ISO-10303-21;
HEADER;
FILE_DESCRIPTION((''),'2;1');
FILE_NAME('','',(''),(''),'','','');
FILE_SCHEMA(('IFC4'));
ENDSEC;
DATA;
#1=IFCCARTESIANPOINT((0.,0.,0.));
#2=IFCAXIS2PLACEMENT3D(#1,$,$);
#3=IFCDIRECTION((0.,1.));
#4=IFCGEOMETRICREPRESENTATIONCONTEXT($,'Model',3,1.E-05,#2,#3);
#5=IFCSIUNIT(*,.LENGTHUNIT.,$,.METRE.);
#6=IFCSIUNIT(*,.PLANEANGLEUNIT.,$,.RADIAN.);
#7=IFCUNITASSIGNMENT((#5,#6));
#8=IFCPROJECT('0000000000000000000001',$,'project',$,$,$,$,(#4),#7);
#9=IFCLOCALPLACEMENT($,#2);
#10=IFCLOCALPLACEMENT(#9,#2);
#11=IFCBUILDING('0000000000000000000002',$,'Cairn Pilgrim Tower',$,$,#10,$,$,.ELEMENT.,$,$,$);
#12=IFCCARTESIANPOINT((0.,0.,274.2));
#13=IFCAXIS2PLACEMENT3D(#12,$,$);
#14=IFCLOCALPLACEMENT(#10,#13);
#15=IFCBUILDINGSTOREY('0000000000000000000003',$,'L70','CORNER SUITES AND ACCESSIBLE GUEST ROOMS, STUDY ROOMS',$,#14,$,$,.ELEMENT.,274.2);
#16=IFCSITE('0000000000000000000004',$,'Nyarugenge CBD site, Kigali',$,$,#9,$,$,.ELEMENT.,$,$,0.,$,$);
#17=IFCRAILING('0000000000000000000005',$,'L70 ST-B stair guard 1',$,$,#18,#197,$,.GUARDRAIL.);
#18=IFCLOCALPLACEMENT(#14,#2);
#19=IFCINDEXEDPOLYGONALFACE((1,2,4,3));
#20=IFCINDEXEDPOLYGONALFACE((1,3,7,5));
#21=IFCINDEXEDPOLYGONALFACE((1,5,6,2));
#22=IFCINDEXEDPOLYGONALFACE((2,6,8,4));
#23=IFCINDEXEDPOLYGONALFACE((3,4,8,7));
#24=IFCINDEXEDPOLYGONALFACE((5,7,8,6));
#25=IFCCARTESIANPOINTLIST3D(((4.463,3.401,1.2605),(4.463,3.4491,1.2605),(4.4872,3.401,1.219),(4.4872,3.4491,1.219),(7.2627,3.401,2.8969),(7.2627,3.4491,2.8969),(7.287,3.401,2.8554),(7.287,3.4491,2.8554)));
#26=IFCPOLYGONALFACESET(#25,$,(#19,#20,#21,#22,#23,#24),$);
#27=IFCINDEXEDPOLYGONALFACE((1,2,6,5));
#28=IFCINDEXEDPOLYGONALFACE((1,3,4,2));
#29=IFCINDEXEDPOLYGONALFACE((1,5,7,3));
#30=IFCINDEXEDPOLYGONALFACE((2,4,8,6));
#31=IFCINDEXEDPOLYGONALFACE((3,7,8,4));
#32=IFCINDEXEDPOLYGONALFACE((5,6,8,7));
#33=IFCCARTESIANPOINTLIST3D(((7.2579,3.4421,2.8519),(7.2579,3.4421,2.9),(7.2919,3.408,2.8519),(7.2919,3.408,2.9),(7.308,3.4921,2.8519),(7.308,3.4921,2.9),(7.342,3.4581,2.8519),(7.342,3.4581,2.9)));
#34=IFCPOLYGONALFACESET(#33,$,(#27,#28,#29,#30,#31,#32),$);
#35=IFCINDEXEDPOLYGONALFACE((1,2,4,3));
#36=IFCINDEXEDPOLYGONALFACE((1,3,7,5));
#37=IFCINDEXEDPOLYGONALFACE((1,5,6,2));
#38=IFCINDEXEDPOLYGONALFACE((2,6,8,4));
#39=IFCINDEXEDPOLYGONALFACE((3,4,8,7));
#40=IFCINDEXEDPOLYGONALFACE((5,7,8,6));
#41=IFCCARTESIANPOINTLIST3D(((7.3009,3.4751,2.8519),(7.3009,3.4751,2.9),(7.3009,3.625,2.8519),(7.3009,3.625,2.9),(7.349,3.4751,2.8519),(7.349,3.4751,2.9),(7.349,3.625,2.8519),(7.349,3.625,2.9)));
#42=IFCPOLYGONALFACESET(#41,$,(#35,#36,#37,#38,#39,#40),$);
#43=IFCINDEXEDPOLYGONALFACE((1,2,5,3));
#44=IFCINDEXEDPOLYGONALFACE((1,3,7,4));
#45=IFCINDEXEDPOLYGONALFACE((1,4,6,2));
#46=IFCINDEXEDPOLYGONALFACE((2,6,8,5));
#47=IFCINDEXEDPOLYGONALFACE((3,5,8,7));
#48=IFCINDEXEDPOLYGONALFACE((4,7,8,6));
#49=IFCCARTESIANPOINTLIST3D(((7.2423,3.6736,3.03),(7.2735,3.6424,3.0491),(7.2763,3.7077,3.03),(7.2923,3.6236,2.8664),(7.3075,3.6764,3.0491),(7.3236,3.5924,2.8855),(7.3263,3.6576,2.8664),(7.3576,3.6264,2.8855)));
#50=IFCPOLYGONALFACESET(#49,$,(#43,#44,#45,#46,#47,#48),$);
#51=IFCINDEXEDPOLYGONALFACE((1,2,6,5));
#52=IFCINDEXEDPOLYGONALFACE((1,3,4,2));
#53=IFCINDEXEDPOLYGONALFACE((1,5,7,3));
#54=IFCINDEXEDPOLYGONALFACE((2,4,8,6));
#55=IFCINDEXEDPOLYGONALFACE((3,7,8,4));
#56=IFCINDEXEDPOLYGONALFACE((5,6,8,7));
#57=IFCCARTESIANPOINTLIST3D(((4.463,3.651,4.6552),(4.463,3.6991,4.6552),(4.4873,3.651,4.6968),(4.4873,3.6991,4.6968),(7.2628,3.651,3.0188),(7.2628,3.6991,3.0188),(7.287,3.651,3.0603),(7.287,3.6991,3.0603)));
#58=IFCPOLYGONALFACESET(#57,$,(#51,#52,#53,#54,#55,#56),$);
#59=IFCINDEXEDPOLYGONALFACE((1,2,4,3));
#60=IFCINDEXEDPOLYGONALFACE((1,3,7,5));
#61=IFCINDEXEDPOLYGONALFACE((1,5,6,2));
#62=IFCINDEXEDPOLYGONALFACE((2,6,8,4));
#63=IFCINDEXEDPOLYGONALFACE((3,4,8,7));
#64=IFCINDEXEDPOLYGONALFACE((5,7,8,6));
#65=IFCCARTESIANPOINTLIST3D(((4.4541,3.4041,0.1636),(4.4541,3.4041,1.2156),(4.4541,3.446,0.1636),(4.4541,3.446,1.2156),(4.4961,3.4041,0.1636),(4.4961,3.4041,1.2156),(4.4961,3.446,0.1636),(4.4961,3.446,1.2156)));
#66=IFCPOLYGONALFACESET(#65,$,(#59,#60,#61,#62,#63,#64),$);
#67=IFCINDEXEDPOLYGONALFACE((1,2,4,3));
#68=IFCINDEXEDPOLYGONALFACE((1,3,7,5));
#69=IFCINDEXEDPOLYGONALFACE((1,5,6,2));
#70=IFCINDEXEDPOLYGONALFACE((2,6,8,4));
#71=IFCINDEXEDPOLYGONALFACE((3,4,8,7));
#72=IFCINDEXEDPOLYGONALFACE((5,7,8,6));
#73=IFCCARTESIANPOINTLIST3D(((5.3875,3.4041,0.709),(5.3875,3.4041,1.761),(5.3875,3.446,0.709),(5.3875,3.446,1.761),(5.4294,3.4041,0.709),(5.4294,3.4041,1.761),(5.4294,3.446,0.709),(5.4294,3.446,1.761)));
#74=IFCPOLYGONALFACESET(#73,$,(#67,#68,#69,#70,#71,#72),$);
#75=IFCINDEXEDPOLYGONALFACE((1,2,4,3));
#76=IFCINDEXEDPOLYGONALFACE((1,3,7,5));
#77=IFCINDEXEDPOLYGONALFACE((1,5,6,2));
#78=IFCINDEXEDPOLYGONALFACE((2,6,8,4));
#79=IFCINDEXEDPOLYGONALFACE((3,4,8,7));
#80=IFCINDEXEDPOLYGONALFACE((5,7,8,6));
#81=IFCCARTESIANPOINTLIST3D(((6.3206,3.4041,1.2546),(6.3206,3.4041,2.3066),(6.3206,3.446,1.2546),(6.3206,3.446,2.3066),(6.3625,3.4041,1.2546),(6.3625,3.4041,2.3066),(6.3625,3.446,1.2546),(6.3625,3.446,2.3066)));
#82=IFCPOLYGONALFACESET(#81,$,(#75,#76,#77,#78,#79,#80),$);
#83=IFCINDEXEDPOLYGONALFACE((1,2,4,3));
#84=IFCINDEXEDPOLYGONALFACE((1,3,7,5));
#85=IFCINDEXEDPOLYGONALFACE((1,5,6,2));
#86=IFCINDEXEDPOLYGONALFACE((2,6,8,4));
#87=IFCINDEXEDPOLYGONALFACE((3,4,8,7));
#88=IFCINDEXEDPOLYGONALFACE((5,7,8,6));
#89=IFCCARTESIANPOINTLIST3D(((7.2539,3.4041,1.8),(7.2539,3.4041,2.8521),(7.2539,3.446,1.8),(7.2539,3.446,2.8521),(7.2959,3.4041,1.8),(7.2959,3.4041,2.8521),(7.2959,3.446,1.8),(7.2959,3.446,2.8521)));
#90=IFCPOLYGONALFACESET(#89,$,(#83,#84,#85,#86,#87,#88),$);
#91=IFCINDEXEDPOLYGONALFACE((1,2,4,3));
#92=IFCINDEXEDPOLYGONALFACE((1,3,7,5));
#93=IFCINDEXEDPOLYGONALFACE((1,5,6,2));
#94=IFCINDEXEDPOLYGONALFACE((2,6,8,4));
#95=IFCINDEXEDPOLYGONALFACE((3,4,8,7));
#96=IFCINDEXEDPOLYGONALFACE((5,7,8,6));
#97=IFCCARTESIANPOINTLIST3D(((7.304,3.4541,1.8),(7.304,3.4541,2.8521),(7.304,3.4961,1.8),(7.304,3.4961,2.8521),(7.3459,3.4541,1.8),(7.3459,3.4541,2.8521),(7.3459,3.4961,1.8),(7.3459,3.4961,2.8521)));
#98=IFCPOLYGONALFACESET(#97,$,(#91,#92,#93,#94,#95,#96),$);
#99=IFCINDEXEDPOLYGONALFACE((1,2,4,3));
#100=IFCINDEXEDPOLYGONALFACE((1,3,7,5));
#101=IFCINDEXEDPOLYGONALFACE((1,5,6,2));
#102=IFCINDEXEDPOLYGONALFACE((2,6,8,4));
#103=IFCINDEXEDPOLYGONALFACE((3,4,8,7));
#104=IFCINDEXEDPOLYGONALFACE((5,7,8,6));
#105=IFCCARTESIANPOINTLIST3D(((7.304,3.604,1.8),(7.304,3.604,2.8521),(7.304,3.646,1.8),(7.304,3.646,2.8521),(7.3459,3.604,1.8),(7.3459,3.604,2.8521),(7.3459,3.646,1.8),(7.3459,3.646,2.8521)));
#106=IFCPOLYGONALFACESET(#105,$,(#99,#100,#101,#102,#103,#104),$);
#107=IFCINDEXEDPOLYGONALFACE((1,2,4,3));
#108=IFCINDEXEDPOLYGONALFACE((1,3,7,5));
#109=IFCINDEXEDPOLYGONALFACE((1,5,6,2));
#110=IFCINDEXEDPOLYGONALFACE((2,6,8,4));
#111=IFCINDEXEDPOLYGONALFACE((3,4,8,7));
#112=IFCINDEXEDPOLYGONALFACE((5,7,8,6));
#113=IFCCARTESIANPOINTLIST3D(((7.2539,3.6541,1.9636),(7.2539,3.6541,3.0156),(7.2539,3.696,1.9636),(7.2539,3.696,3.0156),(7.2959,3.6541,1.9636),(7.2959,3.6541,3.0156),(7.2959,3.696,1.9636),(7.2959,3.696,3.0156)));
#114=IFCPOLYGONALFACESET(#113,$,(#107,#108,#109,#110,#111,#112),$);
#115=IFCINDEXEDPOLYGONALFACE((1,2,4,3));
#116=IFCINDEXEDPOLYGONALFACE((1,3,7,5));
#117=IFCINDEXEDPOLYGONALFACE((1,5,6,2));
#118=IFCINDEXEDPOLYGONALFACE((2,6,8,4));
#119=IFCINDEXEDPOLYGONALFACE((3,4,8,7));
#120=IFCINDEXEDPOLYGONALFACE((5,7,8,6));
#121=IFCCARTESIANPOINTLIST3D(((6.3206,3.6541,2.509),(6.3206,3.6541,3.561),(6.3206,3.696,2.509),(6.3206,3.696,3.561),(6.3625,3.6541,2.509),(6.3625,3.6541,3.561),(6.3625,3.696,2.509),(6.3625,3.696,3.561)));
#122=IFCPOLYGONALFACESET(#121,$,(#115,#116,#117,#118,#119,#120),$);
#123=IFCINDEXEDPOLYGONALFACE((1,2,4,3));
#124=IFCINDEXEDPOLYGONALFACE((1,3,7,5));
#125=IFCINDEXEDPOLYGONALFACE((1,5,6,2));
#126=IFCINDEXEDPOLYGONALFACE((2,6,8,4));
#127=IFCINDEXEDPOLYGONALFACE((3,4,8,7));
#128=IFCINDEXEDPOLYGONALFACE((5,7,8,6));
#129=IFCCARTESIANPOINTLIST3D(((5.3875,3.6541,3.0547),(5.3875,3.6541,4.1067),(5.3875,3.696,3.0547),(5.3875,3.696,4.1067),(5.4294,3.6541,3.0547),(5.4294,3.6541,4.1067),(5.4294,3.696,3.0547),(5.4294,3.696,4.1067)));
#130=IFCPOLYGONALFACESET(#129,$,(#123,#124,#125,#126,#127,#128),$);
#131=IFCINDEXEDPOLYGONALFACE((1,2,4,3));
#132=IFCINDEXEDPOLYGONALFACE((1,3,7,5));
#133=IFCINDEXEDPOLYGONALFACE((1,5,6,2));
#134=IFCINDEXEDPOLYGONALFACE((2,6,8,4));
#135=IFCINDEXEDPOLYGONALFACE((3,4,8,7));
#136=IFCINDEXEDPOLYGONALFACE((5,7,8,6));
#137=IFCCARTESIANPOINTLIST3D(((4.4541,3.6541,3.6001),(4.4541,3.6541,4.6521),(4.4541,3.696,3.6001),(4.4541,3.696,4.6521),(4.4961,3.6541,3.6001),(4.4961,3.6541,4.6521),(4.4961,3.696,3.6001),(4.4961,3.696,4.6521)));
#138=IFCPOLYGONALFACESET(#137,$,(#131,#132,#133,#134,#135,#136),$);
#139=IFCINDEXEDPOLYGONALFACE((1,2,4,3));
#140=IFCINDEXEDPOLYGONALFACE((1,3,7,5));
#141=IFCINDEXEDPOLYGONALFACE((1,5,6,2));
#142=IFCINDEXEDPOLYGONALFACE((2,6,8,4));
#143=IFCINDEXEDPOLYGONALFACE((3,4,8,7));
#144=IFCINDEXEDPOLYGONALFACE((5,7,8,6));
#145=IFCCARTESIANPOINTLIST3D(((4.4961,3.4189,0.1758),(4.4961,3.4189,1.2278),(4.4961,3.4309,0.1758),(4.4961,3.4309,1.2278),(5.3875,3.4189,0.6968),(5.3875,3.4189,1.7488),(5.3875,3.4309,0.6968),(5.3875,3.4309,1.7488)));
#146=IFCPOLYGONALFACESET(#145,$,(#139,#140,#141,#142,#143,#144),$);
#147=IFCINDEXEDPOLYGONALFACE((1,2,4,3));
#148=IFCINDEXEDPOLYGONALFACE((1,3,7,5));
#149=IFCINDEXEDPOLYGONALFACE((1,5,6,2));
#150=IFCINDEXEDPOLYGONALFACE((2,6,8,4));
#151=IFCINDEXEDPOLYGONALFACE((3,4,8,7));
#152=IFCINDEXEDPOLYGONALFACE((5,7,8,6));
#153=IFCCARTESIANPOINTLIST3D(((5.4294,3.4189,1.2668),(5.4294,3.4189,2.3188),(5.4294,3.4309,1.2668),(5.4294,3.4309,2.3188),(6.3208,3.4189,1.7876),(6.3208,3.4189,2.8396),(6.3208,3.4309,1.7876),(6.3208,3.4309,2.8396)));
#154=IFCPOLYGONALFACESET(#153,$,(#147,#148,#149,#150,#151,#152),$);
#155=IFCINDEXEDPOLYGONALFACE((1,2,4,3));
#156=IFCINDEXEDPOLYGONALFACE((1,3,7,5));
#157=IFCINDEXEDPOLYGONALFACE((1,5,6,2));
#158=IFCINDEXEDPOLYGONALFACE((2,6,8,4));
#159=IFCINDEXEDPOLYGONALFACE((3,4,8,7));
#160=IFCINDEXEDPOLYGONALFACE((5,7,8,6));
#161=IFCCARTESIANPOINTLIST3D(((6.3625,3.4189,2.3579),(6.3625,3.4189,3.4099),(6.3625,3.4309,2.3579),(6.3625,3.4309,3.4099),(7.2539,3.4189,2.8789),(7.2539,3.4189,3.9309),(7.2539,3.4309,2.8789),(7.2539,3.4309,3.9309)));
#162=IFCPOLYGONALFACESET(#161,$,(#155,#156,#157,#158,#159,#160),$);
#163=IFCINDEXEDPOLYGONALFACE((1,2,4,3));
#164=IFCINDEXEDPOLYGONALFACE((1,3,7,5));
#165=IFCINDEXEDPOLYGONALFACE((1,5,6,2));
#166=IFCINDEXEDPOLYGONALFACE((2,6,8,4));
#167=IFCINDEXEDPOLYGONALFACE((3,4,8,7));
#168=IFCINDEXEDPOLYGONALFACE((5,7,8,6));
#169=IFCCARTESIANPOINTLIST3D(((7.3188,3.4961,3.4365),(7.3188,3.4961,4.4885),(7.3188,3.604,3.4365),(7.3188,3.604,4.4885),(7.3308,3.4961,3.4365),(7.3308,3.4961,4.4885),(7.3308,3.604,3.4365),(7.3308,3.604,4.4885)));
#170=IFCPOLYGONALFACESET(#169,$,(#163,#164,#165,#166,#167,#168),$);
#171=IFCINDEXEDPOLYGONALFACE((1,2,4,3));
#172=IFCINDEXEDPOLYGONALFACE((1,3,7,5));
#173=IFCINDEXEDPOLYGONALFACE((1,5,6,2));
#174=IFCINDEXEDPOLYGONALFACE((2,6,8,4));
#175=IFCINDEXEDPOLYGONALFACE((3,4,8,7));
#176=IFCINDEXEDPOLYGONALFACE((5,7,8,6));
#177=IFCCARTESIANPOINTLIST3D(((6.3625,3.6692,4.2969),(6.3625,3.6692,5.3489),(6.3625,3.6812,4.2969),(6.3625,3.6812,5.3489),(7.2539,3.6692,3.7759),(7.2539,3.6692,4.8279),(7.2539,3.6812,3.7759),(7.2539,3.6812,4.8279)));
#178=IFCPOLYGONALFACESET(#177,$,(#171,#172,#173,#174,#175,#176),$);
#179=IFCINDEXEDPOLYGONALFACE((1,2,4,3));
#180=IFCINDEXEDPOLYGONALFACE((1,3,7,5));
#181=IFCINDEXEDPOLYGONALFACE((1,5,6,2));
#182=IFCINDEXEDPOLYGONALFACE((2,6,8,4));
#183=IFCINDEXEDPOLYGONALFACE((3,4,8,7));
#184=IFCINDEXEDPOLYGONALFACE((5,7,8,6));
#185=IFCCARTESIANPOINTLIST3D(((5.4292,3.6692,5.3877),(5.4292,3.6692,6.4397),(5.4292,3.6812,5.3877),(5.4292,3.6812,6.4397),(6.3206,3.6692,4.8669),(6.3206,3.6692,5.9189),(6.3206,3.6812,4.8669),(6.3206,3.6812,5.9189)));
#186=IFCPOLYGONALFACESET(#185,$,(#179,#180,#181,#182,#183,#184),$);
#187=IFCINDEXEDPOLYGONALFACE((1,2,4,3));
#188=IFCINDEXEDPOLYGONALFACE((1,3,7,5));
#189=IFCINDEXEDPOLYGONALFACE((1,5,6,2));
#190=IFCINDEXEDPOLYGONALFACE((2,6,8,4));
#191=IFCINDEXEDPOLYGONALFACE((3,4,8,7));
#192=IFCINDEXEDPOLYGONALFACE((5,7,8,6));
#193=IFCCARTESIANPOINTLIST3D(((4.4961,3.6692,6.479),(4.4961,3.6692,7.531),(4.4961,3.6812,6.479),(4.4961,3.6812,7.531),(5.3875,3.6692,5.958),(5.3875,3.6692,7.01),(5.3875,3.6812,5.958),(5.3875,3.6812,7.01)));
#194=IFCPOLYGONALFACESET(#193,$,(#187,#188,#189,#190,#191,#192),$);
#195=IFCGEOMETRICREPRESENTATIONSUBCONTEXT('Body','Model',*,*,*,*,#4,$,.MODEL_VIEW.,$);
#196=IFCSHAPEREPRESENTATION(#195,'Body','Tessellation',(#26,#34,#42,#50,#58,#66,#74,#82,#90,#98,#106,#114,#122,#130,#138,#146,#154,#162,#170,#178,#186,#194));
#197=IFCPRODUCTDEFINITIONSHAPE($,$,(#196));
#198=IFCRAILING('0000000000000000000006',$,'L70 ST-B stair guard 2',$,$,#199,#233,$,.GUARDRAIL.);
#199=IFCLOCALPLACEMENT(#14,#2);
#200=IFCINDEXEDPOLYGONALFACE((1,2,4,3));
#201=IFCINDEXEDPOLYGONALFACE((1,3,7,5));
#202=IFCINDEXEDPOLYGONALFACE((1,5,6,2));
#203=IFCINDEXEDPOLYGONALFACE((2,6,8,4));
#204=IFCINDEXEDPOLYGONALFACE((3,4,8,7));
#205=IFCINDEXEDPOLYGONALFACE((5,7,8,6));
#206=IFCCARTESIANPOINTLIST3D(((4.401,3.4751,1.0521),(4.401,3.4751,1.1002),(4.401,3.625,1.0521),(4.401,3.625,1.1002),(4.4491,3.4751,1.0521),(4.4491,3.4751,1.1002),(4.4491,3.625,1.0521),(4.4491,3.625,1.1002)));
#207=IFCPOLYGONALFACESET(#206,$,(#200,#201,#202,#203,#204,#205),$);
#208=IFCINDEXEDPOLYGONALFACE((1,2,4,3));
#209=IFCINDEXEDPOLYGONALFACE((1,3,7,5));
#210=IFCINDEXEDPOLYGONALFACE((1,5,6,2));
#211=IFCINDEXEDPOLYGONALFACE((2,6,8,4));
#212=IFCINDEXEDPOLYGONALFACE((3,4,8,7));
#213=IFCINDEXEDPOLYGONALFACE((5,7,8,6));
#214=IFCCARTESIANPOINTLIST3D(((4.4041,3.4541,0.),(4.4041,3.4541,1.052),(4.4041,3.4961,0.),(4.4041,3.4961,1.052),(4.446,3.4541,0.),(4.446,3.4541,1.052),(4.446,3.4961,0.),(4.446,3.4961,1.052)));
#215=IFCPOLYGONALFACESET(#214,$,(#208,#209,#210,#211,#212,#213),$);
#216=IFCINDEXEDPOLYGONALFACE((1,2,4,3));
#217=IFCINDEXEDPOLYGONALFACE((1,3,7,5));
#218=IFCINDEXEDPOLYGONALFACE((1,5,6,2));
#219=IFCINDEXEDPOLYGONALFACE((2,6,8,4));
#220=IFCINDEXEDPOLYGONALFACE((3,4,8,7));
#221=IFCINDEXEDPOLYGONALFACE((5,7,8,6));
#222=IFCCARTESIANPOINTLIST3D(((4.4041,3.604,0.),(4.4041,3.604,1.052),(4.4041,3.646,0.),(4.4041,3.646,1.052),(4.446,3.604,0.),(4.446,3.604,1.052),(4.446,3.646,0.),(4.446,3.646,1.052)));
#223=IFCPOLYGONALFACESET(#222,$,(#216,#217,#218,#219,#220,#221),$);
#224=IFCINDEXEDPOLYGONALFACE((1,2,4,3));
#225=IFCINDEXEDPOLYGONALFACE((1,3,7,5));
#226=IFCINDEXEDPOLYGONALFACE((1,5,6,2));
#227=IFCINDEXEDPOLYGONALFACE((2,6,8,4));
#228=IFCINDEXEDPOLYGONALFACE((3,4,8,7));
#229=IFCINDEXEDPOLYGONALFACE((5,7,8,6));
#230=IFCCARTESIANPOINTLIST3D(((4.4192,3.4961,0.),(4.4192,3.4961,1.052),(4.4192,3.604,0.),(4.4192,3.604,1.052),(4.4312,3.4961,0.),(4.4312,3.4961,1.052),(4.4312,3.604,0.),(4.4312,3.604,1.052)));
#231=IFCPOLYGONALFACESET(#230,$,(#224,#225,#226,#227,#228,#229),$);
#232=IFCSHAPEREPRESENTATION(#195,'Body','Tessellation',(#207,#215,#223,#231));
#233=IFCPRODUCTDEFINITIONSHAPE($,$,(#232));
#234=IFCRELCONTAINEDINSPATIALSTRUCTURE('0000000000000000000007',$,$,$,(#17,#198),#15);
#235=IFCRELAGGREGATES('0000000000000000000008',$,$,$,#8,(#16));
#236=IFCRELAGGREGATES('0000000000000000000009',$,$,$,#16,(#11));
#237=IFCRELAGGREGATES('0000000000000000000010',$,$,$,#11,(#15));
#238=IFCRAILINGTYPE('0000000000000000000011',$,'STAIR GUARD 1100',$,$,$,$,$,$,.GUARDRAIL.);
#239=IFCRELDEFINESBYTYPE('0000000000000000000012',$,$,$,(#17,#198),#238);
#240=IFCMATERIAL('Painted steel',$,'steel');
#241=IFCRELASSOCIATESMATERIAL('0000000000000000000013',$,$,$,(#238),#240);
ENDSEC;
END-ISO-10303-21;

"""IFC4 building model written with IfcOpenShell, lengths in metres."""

from ifc_helpers import new_model, si_unit, direction, frame, origin, origin_2d, place, context, subcontext, project, spatial, polyline, rectangle, outline, extrude, material, type_object, element, save


model = new_model("IFC4")

# Units and contexts
model_context = context("Model", 3, precision=1e-05, world=origin(), true_north=direction((0.0, 1.0)))
body_context = subcontext(model_context, "Body", "Model", "MODEL_VIEW")
ifc_project = project(units=[si_unit("LENGTHUNIT", "METRE"), si_unit("PLANEANGLEUNIT", "RADIAN")], contexts=[model_context])

# Site, building, storey
site_placement = place(None, origin())
site = spatial("IfcSite", under=ifc_project, at=site_placement, Name="Nyarugenge CBD site, Kigali", CompositionType="ELEMENT", RefElevation=0.0)
building_placement = place(site_placement, origin())
building = spatial("IfcBuilding", under=site, at=building_placement, Name="Cairn Pilgrim Tower", CompositionType="ELEMENT")
storey_placement = place(building_placement, frame((0.0, 0.0, 274.2)))
storey = spatial("IfcBuildingStorey", under=building, at=storey_placement, Name="L70", Description="CORNER SUITES AND ACCESSIBLE GUEST ROOMS, STUDY ROOMS", CompositionType="ELEMENT", Elevation=274.2)

# Shared definitions
ifc_material_1 = material(Name="Painted steel", Category="steel")

# Railings
railing_type_1 = type_object("IfcRailingType", Name="STAIR GUARD 1100", PredefinedType="GUARDRAIL", material=ifc_material_1)
railing_1_placement = place(storey_placement, frame((4.4751, 3.425, 0.1636)))
element("IfcRailing", 1, at=railing_1_placement, inside=storey, type_object=railing_type_1, Name="L70 ST-B stair guard 1", PredefinedType="GUARDRAIL", context=body_context, shape_type="SweptSolid", body=[
    extrude(rectangle(XDim=0.0481, YDim=0.0481, at=origin_2d()), frame((0.0, 0.0, 1.0762), z_axis=(0.863342, 0.0, 0.50462), x_axis=(0.0, 1.0, 0.0)), (0.0, 0.0, 1.0), 3.2429),
    extrude(rectangle(XDim=0.0481, YDim=0.0481, at=origin_2d()), frame((2.7998, 0.0, 2.7124), z_axis=(0.707107, 0.707107, 0.0), x_axis=(-0.707107, 0.707107, 0.0)), (0.0, 0.0, 1.0), 0.0708),
    extrude(rectangle(XDim=0.0481, YDim=0.0481, at=origin_2d()), frame((2.8499, 0.05, 2.7124), z_axis=(0.0, 1.0, 0.0), x_axis=(-1.0, 0.0, 0.0)), (0.0, 0.0, 1.0), 0.1499),
    extrude(rectangle(XDim=0.0481, YDim=0.0481, at=origin_2d()), frame((2.8499, 0.2, 2.7124), z_axis=(-0.280809, 0.280809, 0.917765), x_axis=(-0.707107, -0.707107, 0.0)), (0.0, 0.0, 1.0), 0.1782),
    extrude(rectangle(XDim=0.0481, YDim=0.0481, at=origin_2d()), frame((2.7998, 0.25, 2.876), z_axis=(-0.863342, 0.0, 0.50462), x_axis=(0.0, -1.0, 0.0)), (0.0, 0.0, 1.0), 3.2429),
    extrude(rectangle(XDim=0.042, YDim=0.042, at=origin_2d()), origin(), (0.0, 0.0, 1.0), 1.052),
    extrude(rectangle(XDim=0.042, YDim=0.042, at=origin_2d()), frame((0.9333, 0.0, 0.5454)), (0.0, 0.0, 1.0), 1.052),
    extrude(rectangle(XDim=0.042, YDim=0.042, at=origin_2d()), frame((1.8665, 0.0, 1.0911)), (0.0, 0.0, 1.0), 1.052),
    extrude(rectangle(XDim=0.042, YDim=0.042, at=origin_2d()), frame((2.7998, 0.0, 1.6365)), (0.0, 0.0, 1.0), 1.052),
    extrude(rectangle(XDim=0.042, YDim=0.042, at=origin_2d()), frame((2.8499, 0.05, 1.6365)), (0.0, 0.0, 1.0), 1.052),
    extrude(rectangle(XDim=0.042, YDim=0.042, at=origin_2d()), frame((2.8499, 0.2, 1.6365)), (0.0, 0.0, 1.0), 1.052),
    extrude(rectangle(XDim=0.042, YDim=0.042, at=origin_2d()), frame((2.7998, 0.25, 1.8)), (0.0, 0.0, 1.0), 1.052),
    extrude(rectangle(XDim=0.042, YDim=0.042, at=origin_2d()), frame((1.8665, 0.25, 2.3455)), (0.0, 0.0, 1.0), 1.052),
    extrude(rectangle(XDim=0.042, YDim=0.042, at=origin_2d()), frame((0.9333, 0.25, 2.8911)), (0.0, 0.0, 1.0), 1.052),
    extrude(rectangle(XDim=0.042, YDim=0.042, at=origin_2d()), frame((0.0, 0.25, 3.4365)), (0.0, 0.0, 1.0), 1.052),
    extrude(outline(polyline([(0.021, 0.0122), (0.9124, 0.5332), (0.9124, 1.5852), (0.021, 1.0642), (0.021, 0.0122)])), frame((0.0, 0.0059, 0.0), z_axis=(0.0, -1.0, 0.0), x_axis=(1.0, 0.0, 0.0)), (0.0, 0.0, 1.0), 0.012),
    extrude(outline(polyline([(0.021, 0.5579), (0.9124, 1.0786), (0.9124, 2.1306), (0.021, 1.6099), (0.021, 0.5579)])), frame((0.9333, 0.0059, 0.5454), z_axis=(0.0, -1.0, 0.0), x_axis=(1.0, 0.0, 0.0)), (0.0, 0.0, 1.0), 0.012),
    extrude(outline(polyline([(0.021, 1.1033), (0.9124, 1.6243), (0.9124, 2.6763), (0.021, 2.1553), (0.021, 1.1033)])), frame((1.8665, 0.0059, 1.0911), z_axis=(0.0, -1.0, 0.0), x_axis=(1.0, 0.0, 0.0)), (0.0, 0.0, 1.0), 0.012),
    extrude(outline(polyline([(0.021, 1.6365), (0.1289, 1.6365), (0.1289, 2.6885), (0.021, 2.6885), (0.021, 1.6365)])), frame((2.8438, 0.05, 1.6365), z_axis=(1.0, 0.0, 0.0), x_axis=(0.0, 1.0, 0.0)), (0.0, 0.0, 1.0), 0.012),
    extrude(outline(polyline([(0.021, 1.8123), (0.9124, 2.3333), (0.9124, 3.3853), (0.021, 2.8643), (0.021, 1.8123)])), frame((2.7998, 0.2441, 1.8), z_axis=(0.0, 1.0, 0.0), x_axis=(-1.0, 0.0, 0.0)), (0.0, 0.0, 1.0), 0.012),
    extrude(outline(polyline([(0.021, 2.3579), (0.9124, 2.8787), (0.9124, 3.9307), (0.021, 3.4099), (0.021, 2.3579)])), frame((1.8665, 0.2441, 2.3455), z_axis=(0.0, 1.0, 0.0), x_axis=(-1.0, 0.0, 0.0)), (0.0, 0.0, 1.0), 0.012),
    extrude(outline(polyline([(0.021, 2.9033), (0.9124, 3.4243), (0.9124, 4.4763), (0.021, 3.9553), (0.021, 2.9033)])), frame((0.9333, 0.2441, 2.8911), z_axis=(0.0, 1.0, 0.0), x_axis=(-1.0, 0.0, 0.0)), (0.0, 0.0, 1.0), 0.012),
])
railing_2_placement = place(storey_placement, frame((4.425, 3.4751, 0.0)))
element("IfcRailing", 2, at=railing_2_placement, inside=storey, type_object=railing_type_1, Name="L70 ST-B stair guard 2", PredefinedType="GUARDRAIL", context=body_context, shape_type="SweptSolid", body=[
    extrude(rectangle(XDim=0.0481, YDim=0.0481, at=origin_2d()), frame((0.0, 0.0, 1.0762), z_axis=(0.0, 1.0, 0.0), x_axis=(-1.0, 0.0, 0.0)), (0.0, 0.0, 1.0), 0.1499),
    extrude(rectangle(XDim=0.042, YDim=0.042, at=origin_2d()), origin(), (0.0, 0.0, 1.0), 1.052),
    extrude(rectangle(XDim=0.042, YDim=0.042, at=origin_2d()), frame((0.0, 0.1499, 0.0)), (0.0, 0.0, 1.0), 1.052),
    extrude(outline(polyline([(0.021, 0.0), (0.1289, 0.0), (0.1289, 1.052), (0.021, 1.052), (0.021, 0.0)])), frame((-0.0059, 0.0, 0.0), z_axis=(1.0, 0.0, 0.0), x_axis=(0.0, 1.0, 0.0)), (0.0, 0.0, 1.0), 0.012),
])

save(model, "model.ifc")
